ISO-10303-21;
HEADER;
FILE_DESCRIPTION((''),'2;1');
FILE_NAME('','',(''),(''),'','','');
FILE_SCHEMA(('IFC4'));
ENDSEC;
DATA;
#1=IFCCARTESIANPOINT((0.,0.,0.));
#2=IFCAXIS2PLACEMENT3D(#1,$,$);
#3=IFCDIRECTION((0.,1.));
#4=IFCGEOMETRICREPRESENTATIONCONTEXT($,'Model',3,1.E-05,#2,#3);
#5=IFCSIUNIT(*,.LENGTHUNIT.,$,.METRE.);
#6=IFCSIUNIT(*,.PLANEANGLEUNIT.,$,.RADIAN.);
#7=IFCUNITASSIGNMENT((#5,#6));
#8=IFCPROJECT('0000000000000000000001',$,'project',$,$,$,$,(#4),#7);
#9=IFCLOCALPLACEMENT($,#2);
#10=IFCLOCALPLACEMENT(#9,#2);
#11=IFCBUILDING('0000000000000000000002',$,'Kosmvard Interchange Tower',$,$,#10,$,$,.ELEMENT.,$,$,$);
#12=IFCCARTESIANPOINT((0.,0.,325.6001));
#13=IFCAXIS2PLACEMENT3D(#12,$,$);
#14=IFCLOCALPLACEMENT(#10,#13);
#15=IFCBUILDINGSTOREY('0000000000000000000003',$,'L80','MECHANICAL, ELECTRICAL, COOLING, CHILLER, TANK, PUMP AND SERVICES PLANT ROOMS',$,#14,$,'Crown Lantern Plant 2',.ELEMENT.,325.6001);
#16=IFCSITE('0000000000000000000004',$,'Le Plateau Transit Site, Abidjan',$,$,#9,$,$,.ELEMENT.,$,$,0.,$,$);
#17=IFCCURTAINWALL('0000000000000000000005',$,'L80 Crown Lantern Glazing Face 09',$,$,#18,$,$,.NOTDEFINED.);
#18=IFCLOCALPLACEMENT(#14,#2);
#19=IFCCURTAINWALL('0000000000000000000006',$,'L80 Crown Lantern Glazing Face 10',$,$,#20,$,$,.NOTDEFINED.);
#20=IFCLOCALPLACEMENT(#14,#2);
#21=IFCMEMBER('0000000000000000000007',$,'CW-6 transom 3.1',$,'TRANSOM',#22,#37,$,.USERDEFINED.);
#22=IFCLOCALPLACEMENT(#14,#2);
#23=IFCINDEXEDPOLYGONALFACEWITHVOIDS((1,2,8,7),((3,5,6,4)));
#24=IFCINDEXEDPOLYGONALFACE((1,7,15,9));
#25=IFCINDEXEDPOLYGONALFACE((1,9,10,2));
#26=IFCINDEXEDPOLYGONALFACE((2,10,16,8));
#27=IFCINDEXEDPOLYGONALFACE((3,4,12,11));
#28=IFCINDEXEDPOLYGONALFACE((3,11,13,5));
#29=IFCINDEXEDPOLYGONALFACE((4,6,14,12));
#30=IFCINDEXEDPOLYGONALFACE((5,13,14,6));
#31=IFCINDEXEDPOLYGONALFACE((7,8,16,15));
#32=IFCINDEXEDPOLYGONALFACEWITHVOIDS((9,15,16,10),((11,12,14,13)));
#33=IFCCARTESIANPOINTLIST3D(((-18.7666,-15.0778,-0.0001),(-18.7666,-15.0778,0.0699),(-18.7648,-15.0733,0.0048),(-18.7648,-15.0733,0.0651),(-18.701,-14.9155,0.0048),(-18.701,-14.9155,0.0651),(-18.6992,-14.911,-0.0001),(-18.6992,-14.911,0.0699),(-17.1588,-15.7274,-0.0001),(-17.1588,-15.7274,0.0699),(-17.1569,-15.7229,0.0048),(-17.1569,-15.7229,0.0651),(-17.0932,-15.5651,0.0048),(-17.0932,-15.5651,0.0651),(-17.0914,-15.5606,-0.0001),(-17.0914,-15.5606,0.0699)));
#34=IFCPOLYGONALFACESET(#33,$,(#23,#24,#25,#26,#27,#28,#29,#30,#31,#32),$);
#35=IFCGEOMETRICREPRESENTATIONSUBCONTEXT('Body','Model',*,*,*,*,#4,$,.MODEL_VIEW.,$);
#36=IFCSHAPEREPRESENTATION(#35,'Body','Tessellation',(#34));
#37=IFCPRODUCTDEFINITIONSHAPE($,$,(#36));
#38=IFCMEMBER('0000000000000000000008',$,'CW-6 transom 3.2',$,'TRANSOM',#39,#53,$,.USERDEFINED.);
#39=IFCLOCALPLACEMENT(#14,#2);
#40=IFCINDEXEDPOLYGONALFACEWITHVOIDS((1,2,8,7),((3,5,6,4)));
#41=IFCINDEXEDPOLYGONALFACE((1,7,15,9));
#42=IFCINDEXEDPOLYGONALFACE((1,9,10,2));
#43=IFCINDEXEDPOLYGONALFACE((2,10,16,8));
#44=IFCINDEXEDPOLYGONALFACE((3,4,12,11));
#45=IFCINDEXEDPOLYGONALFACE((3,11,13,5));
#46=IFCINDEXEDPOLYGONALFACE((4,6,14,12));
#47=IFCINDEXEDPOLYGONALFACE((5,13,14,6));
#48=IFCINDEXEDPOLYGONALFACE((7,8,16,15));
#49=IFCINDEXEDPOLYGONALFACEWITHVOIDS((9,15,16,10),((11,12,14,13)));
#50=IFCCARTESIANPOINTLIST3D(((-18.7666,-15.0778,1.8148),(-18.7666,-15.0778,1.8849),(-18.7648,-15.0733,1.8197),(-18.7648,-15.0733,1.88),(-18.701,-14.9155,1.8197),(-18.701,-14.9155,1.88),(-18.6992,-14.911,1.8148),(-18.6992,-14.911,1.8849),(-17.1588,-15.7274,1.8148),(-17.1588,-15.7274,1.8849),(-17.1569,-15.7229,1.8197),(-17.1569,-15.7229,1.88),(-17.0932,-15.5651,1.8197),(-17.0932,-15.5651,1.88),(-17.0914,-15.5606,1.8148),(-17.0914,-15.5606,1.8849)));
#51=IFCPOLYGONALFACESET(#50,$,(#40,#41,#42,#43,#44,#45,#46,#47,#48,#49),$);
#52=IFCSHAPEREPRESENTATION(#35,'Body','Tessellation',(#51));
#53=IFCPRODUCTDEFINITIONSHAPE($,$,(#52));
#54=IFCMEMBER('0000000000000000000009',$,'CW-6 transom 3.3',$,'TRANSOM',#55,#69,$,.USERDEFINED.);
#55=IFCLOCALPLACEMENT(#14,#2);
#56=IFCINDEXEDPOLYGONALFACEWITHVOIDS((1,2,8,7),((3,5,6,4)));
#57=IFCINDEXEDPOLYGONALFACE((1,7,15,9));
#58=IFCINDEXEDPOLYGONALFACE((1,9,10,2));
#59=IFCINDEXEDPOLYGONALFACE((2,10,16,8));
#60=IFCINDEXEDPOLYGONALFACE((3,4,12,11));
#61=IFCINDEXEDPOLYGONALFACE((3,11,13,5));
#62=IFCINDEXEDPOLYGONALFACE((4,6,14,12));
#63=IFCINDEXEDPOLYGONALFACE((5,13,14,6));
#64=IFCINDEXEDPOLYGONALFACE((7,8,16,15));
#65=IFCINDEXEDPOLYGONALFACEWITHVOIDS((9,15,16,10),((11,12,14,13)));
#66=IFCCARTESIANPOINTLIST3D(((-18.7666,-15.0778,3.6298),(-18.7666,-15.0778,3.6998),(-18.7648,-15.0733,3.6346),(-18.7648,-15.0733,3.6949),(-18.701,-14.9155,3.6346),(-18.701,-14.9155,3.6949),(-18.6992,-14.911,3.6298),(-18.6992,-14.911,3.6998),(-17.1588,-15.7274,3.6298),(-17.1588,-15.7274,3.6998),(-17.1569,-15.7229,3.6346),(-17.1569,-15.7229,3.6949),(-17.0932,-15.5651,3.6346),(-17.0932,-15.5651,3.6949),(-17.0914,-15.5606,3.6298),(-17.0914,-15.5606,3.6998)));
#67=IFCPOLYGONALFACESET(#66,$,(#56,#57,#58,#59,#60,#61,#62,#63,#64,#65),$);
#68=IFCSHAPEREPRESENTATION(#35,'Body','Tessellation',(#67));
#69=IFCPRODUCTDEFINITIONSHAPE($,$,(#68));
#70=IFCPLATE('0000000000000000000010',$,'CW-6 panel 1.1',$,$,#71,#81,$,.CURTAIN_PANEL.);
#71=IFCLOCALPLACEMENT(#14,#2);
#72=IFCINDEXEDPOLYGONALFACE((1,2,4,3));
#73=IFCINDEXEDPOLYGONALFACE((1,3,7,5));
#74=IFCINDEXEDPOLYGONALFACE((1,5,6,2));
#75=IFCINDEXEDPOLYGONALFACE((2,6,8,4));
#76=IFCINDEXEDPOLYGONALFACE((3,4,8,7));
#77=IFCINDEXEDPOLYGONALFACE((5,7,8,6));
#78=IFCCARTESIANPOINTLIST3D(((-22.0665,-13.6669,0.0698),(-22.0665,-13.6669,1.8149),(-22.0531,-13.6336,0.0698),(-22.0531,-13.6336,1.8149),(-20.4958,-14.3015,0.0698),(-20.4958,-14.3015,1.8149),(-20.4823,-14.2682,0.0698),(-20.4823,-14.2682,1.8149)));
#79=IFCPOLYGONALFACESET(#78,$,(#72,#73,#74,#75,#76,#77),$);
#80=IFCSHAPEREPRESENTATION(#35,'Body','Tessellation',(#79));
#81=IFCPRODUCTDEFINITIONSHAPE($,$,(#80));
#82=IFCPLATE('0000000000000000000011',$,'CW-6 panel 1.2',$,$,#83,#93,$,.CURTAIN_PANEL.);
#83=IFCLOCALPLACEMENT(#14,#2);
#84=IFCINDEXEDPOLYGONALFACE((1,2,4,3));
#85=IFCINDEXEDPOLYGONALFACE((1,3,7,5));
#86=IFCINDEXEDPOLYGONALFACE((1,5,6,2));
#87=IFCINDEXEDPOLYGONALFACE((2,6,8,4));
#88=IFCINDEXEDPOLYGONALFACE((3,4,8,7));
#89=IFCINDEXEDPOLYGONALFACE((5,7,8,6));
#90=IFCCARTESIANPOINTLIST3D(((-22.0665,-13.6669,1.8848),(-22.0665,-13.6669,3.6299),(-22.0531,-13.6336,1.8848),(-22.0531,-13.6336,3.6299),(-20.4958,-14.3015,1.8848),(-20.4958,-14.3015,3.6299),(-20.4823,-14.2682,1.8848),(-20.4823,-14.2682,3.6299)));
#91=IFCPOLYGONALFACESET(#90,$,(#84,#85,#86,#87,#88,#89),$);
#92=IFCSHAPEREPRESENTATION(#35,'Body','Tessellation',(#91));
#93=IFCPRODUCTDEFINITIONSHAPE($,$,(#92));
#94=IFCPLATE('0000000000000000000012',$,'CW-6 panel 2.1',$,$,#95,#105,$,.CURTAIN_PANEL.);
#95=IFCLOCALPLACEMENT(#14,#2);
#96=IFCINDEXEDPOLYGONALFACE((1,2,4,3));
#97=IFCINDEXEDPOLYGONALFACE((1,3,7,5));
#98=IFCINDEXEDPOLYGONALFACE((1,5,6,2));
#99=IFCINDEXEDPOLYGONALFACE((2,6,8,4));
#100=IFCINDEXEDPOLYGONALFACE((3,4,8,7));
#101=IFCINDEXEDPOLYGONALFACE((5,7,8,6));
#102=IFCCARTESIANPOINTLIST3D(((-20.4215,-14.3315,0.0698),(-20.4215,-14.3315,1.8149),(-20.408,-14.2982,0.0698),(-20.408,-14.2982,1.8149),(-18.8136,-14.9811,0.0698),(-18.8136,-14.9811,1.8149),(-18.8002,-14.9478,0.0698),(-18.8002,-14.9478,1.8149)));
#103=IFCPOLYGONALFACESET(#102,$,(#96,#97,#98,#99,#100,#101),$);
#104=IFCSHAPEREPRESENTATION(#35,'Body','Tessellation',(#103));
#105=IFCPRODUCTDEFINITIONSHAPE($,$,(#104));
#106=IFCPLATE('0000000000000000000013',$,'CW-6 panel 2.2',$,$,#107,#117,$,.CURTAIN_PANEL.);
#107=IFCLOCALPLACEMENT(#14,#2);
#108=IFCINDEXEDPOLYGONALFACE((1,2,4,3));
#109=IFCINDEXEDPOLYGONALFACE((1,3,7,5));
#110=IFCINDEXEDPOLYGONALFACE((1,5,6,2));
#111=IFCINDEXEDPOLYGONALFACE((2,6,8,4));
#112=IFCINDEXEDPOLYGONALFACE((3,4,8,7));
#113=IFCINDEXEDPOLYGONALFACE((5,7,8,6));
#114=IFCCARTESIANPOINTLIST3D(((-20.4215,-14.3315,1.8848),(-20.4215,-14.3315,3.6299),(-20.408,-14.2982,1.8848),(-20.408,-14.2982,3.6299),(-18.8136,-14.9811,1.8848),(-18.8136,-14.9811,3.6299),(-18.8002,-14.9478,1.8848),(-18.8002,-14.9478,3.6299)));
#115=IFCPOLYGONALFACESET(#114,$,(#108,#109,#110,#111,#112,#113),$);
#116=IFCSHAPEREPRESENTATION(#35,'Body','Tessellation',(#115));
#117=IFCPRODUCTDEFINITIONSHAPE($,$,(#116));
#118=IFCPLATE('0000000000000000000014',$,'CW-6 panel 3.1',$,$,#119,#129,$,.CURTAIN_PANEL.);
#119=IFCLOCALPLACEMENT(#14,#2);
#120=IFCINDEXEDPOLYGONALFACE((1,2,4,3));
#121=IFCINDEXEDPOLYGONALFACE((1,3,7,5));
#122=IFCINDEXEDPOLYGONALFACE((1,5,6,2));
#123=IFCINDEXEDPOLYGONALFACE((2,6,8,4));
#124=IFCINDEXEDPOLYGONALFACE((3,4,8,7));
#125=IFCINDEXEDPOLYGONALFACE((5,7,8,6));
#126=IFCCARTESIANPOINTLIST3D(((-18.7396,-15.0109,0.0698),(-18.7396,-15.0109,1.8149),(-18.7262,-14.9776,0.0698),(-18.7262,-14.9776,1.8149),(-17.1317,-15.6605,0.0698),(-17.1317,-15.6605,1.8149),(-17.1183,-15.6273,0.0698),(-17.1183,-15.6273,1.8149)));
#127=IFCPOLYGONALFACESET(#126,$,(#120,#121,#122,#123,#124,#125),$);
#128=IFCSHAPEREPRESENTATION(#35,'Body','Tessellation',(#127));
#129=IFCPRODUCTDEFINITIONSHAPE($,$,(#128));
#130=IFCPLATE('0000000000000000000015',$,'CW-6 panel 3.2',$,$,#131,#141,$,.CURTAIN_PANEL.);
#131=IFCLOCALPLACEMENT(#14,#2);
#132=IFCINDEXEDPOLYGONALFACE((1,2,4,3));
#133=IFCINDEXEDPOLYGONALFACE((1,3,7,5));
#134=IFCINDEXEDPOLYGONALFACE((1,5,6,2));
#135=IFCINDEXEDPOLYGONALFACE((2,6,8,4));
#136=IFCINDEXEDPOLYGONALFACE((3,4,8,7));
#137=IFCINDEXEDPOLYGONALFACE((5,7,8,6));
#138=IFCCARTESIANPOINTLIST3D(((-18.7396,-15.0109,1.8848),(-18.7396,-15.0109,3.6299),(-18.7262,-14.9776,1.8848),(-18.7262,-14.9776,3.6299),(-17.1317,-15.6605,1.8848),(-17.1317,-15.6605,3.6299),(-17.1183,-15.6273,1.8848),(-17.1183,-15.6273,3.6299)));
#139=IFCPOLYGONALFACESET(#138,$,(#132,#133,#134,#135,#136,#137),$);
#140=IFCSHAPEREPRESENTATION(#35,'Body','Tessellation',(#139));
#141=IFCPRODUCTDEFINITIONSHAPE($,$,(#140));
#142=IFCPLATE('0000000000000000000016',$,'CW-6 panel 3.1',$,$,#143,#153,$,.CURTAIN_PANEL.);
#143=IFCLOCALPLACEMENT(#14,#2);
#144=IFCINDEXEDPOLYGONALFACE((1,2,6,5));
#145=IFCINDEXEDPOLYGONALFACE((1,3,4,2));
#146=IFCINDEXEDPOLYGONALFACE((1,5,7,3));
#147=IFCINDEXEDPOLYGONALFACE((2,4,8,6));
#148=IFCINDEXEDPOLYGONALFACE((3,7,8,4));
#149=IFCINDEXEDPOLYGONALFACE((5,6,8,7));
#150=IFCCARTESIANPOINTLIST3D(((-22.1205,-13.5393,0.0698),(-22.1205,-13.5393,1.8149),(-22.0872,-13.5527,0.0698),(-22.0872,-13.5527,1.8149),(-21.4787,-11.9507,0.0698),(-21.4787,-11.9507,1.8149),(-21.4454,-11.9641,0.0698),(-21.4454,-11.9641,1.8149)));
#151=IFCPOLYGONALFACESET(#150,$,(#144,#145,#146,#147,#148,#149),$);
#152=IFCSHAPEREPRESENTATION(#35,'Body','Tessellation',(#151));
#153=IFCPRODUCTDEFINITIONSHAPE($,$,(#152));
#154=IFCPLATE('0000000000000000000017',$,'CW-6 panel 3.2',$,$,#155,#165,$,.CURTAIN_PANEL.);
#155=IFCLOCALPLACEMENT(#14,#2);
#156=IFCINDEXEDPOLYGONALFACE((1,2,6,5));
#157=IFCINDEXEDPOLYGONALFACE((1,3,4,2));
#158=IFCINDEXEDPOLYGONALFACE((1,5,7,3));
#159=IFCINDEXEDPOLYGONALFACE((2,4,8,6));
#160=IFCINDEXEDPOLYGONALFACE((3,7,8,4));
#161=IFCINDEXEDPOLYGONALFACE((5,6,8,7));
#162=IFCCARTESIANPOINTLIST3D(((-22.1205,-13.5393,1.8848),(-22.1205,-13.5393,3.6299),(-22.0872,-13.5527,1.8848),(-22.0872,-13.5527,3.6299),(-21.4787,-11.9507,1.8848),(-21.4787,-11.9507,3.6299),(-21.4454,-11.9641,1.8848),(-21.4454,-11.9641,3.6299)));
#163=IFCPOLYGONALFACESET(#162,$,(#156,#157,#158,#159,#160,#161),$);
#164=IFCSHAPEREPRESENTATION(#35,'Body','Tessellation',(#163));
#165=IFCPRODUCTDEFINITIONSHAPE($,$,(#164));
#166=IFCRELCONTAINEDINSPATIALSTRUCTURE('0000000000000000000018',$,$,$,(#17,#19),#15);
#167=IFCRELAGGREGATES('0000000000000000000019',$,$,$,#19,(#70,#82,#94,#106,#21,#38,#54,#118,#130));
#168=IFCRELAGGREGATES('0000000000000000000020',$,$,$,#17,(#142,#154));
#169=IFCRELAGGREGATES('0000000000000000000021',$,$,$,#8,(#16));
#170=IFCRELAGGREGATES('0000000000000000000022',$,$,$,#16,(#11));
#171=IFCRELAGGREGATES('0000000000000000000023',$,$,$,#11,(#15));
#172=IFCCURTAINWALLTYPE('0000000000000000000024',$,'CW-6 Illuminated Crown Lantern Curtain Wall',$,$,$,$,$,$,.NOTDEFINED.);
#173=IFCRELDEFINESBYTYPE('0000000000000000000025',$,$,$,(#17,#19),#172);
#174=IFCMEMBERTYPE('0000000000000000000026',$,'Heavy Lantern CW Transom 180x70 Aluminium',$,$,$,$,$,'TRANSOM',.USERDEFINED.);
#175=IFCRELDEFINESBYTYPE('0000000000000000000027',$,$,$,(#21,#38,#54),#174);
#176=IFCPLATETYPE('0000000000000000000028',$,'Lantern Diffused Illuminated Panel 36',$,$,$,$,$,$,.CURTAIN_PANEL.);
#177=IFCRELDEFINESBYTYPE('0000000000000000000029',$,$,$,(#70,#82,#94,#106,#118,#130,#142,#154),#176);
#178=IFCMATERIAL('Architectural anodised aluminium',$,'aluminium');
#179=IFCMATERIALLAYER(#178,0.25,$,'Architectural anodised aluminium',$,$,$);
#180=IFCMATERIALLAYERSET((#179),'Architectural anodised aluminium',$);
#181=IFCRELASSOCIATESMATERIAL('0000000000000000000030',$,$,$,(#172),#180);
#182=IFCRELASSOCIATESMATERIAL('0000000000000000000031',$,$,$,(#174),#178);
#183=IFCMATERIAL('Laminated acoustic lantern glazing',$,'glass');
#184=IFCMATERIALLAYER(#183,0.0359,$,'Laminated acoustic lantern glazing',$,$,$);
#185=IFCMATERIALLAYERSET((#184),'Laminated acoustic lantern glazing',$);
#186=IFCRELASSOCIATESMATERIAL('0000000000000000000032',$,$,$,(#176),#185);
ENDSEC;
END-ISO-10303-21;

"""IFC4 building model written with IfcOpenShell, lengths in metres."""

from ifc_helpers import new_model, si_unit, direction, frame, origin, origin_2d, place, context, subcontext, project, spatial, rectangle, hollow_rectangle, extrude, source, transform, mapped, material, layer, layer_set, material_profile, profile_set, type_object, element, aggregate, save


model = new_model("IFC4")

# Units and contexts
model_context = context("Model", 3, precision=1e-05, world=origin(), true_north=direction((0.0, 1.0)))
body_context = subcontext(model_context, "Body", "Model", "MODEL_VIEW")
ifc_project = project(units=[si_unit("LENGTHUNIT", "METRE"), si_unit("PLANEANGLEUNIT", "RADIAN")], contexts=[model_context])

# Site, building, storey
site_placement = place(None, origin())
site = spatial("IfcSite", under=ifc_project, at=site_placement, Name="Le Plateau Transit Site, Abidjan", CompositionType="ELEMENT", RefElevation=0.0)
building_placement = place(site_placement, origin())
building = spatial("IfcBuilding", under=site, at=building_placement, Name="Kosmvard Interchange Tower", CompositionType="ELEMENT")
storey_placement = place(building_placement, frame((0.0, 0.0, 325.6001)))
storey = spatial("IfcBuildingStorey", under=building, at=storey_placement, Name="L80", Description="MECHANICAL, ELECTRICAL, COOLING, CHILLER, TANK, PUMP AND SERVICES PLANT ROOMS", LongName="Crown Lantern Plant 2", CompositionType="ELEMENT", Elevation=325.6001)

# Curtain wall
ifc_material_1 = material(Name="Architectural anodised aluminium", Category="aluminium")
ifc_layer_1 = layer(ifc_material_1, 0.25, Name="Architectural anodised aluminium")
ifc_layer_set_1 = layer_set([ifc_layer_1], Name="Architectural anodised aluminium")
curtain_wall_type = type_object("IfcCurtainWallType", Name="CW-6 Illuminated Crown Lantern Curtain Wall", PredefinedType="NOTDEFINED", material=ifc_layer_set_1)
curtain_wall_1_placement = place(storey_placement, origin())
curtain_wall_1 = element("IfcCurtainWall", 1, at=curtain_wall_1_placement, inside=storey, type_object=curtain_wall_type, Name="L80 Crown Lantern Glazing Face 09", PredefinedType="NOTDEFINED")

# Curtain wall, members, plates
curtain_wall_2_placement = place(storey_placement, origin())
curtain_wall_2 = element("IfcCurtainWall", 2, at=curtain_wall_2_placement, inside=storey, type_object=curtain_wall_type, Name="L80 Crown Lantern Glazing Face 10", PredefinedType="NOTDEFINED")
ifc_material_profile_1 = material_profile(ifc_material_1, hollow_rectangle(XDim=0.1799, YDim=0.0701, WallThickness=0.0049, at=origin_2d()), Name="CWT 180x70x5")
ifc_profile_set_1 = profile_set([ifc_material_profile_1], Name="Architectural anodised aluminium")
member_type_1 = type_object("IfcMemberType", Name="Heavy Lantern CW Transom 180x70 Aluminium", ElementType="TRANSOM", PredefinedType="USERDEFINED", material=ifc_profile_set_1)
shared_shape_1 = source(origin(), body_context, "Body", "SweptSolid", [
    extrude(hollow_rectangle(XDim=0.1799, YDim=0.0701, WallThickness=0.0049, at=origin_2d()), origin(), (0.0, 0.0, 1.0), 1.7341),
])
member_1_placement = place(storey_placement, frame((-18.7329, -14.9944, 0.0349), z_axis=(0.92718, -0.374617, 0.0), x_axis=(0.374617, 0.92718, 0.0)))
member_1 = element("IfcMember", 3, at=member_1_placement, type_object=member_type_1, Name="CW-6 transom 3.1", ObjectType="TRANSOM", PredefinedType="USERDEFINED", context=body_context, shape_type="MappedRepresentation", body=[
    mapped(shared_shape_1, transform((0.0, 0.0, 0.0), scale=1.0)),
])
member_2_placement = place(storey_placement, frame((-18.7329, -14.9944, 1.8499), z_axis=(0.92718, -0.374617, 0.0), x_axis=(0.374617, 0.92718, 0.0)))
member_2 = element("IfcMember", 4, at=member_2_placement, type_object=member_type_1, Name="CW-6 transom 3.2", ObjectType="TRANSOM", PredefinedType="USERDEFINED", context=body_context, shape_type="MappedRepresentation", body=[
    mapped(shared_shape_1, transform((0.0, 0.0, 0.0), scale=1.0)),
])
member_3_placement = place(storey_placement, frame((-18.7329, -14.9944, 3.6648), z_axis=(0.92718, -0.374617, 0.0), x_axis=(0.374617, 0.92718, 0.0)))
member_3 = element("IfcMember", 5, at=member_3_placement, type_object=member_type_1, Name="CW-6 transom 3.3", ObjectType="TRANSOM", PredefinedType="USERDEFINED", context=body_context, shape_type="MappedRepresentation", body=[
    mapped(shared_shape_1, transform((0.0, 0.0, 0.0), scale=1.0)),
])
ifc_material_2 = material(Name="Laminated acoustic lantern glazing", Category="glass")
ifc_layer_2 = layer(ifc_material_2, 0.0359, Name="Laminated acoustic lantern glazing")
ifc_layer_set_2 = layer_set([ifc_layer_2], Name="Laminated acoustic lantern glazing")
plate_type = type_object("IfcPlateType", Name="Lantern Diffused Illuminated Panel 36", PredefinedType="CURTAIN_PANEL", material=ifc_layer_set_2)
shared_shape_2 = source(origin(), body_context, "Body", "SweptSolid", [
    extrude(rectangle(XDim=1.6941, YDim=0.0359, at=origin_2d()), origin(), (0.0, 0.0, 1.0), 1.7451),
])
plate_1_placement = place(storey_placement, frame((-21.2744, -13.9675, 0.0698), z_axis=(0.0, 0.0, 1.0), x_axis=(0.927184, -0.374607, 0.0)))
plate_1 = element("IfcPlate", 6, at=plate_1_placement, type_object=plate_type, Name="CW-6 panel 1.1", PredefinedType="CURTAIN_PANEL", context=body_context, shape_type="MappedRepresentation", body=[
    mapped(shared_shape_2, transform((0.0, 0.0, 0.0), scale=1.0)),
])
plate_2_placement = place(storey_placement, frame((-21.2744, -13.9675, 1.8848), z_axis=(0.0, 0.0, 1.0), x_axis=(0.927184, -0.374607, 0.0)))
plate_2 = element("IfcPlate", 7, at=plate_2_placement, type_object=plate_type, Name="CW-6 panel 1.2", PredefinedType="CURTAIN_PANEL", context=body_context, shape_type="MappedRepresentation", body=[
    mapped(shared_shape_2, transform((0.0, 0.0, 0.0), scale=1.0)),
])
shared_shape_3 = source(origin(), body_context, "Body", "SweptSolid", [
    extrude(rectangle(XDim=1.7341, YDim=0.0359, at=origin_2d()), origin(), (0.0, 0.0, 1.0), 1.7451),
])
plate_3_placement = place(storey_placement, frame((-19.6108, -14.6396, 0.0698), z_axis=(0.0, 0.0, 1.0), x_axis=(0.927184, -0.374607, 0.0)))
plate_3 = element("IfcPlate", 8, at=plate_3_placement, type_object=plate_type, Name="CW-6 panel 2.1", PredefinedType="CURTAIN_PANEL", context=body_context, shape_type="MappedRepresentation", body=[
    mapped(shared_shape_3, transform((0.0, 0.0, 0.0), scale=1.0)),
])
plate_4_placement = place(storey_placement, frame((-19.6108, -14.6396, 1.8848), z_axis=(0.0, 0.0, 1.0), x_axis=(0.927184, -0.374607, 0.0)))
plate_4 = element("IfcPlate", 9, at=plate_4_placement, type_object=plate_type, Name="CW-6 panel 2.2", PredefinedType="CURTAIN_PANEL", context=body_context, shape_type="MappedRepresentation", body=[
    mapped(shared_shape_3, transform((0.0, 0.0, 0.0), scale=1.0)),
])
plate_5_placement = place(storey_placement, frame((-17.929, -15.3191, 0.0698), z_axis=(0.0, 0.0, 1.0), x_axis=(0.927184, -0.374607, 0.0)))
plate_5 = element("IfcPlate", 10, at=plate_5_placement, type_object=plate_type, Name="CW-6 panel 3.1", PredefinedType="CURTAIN_PANEL", context=body_context, shape_type="MappedRepresentation", body=[
    mapped(shared_shape_3, transform((0.0, 0.0, 0.0), scale=1.0)),
])
plate_6_placement = place(storey_placement, frame((-17.929, -15.3191, 1.8848), z_axis=(0.0, 0.0, 1.0), x_axis=(0.927184, -0.374607, 0.0)))
plate_6 = element("IfcPlate", 11, at=plate_6_placement, type_object=plate_type, Name="CW-6 panel 3.2", PredefinedType="CURTAIN_PANEL", context=body_context, shape_type="MappedRepresentation", body=[
    mapped(shared_shape_3, transform((0.0, 0.0, 0.0), scale=1.0)),
])
aggregate(curtain_wall_2, [plate_1, plate_2, plate_3, plate_4, member_1, member_2, member_3, plate_5, plate_6])

# Plates
shared_shape_4 = source(origin(), body_context, "Body", "SweptSolid", [
    extrude(rectangle(XDim=1.7134, YDim=0.0359, at=origin_2d()), origin(), (0.0, 0.0, 1.0), 1.7451),
])
plate_7_placement = place(storey_placement, frame((-21.783, -12.7517, 0.0698), z_axis=(0.0, 0.0, 1.0), x_axis=(-0.374607, -0.927184, 0.0)))
plate_7 = element("IfcPlate", 12, at=plate_7_placement, type_object=plate_type, Name="CW-6 panel 3.1", PredefinedType="CURTAIN_PANEL", context=body_context, shape_type="MappedRepresentation", body=[
    mapped(shared_shape_4, transform((0.0, 0.0, 0.0), scale=1.0)),
])
plate_8_placement = place(storey_placement, frame((-21.783, -12.7517, 1.8848), z_axis=(0.0, 0.0, 1.0), x_axis=(-0.374607, -0.927184, 0.0)))
plate_8 = element("IfcPlate", 13, at=plate_8_placement, type_object=plate_type, Name="CW-6 panel 3.2", PredefinedType="CURTAIN_PANEL", context=body_context, shape_type="MappedRepresentation", body=[
    mapped(shared_shape_4, transform((0.0, 0.0, 0.0), scale=1.0)),
])
aggregate(curtain_wall_1, [plate_7, plate_8])

save(model, "model.ifc")
